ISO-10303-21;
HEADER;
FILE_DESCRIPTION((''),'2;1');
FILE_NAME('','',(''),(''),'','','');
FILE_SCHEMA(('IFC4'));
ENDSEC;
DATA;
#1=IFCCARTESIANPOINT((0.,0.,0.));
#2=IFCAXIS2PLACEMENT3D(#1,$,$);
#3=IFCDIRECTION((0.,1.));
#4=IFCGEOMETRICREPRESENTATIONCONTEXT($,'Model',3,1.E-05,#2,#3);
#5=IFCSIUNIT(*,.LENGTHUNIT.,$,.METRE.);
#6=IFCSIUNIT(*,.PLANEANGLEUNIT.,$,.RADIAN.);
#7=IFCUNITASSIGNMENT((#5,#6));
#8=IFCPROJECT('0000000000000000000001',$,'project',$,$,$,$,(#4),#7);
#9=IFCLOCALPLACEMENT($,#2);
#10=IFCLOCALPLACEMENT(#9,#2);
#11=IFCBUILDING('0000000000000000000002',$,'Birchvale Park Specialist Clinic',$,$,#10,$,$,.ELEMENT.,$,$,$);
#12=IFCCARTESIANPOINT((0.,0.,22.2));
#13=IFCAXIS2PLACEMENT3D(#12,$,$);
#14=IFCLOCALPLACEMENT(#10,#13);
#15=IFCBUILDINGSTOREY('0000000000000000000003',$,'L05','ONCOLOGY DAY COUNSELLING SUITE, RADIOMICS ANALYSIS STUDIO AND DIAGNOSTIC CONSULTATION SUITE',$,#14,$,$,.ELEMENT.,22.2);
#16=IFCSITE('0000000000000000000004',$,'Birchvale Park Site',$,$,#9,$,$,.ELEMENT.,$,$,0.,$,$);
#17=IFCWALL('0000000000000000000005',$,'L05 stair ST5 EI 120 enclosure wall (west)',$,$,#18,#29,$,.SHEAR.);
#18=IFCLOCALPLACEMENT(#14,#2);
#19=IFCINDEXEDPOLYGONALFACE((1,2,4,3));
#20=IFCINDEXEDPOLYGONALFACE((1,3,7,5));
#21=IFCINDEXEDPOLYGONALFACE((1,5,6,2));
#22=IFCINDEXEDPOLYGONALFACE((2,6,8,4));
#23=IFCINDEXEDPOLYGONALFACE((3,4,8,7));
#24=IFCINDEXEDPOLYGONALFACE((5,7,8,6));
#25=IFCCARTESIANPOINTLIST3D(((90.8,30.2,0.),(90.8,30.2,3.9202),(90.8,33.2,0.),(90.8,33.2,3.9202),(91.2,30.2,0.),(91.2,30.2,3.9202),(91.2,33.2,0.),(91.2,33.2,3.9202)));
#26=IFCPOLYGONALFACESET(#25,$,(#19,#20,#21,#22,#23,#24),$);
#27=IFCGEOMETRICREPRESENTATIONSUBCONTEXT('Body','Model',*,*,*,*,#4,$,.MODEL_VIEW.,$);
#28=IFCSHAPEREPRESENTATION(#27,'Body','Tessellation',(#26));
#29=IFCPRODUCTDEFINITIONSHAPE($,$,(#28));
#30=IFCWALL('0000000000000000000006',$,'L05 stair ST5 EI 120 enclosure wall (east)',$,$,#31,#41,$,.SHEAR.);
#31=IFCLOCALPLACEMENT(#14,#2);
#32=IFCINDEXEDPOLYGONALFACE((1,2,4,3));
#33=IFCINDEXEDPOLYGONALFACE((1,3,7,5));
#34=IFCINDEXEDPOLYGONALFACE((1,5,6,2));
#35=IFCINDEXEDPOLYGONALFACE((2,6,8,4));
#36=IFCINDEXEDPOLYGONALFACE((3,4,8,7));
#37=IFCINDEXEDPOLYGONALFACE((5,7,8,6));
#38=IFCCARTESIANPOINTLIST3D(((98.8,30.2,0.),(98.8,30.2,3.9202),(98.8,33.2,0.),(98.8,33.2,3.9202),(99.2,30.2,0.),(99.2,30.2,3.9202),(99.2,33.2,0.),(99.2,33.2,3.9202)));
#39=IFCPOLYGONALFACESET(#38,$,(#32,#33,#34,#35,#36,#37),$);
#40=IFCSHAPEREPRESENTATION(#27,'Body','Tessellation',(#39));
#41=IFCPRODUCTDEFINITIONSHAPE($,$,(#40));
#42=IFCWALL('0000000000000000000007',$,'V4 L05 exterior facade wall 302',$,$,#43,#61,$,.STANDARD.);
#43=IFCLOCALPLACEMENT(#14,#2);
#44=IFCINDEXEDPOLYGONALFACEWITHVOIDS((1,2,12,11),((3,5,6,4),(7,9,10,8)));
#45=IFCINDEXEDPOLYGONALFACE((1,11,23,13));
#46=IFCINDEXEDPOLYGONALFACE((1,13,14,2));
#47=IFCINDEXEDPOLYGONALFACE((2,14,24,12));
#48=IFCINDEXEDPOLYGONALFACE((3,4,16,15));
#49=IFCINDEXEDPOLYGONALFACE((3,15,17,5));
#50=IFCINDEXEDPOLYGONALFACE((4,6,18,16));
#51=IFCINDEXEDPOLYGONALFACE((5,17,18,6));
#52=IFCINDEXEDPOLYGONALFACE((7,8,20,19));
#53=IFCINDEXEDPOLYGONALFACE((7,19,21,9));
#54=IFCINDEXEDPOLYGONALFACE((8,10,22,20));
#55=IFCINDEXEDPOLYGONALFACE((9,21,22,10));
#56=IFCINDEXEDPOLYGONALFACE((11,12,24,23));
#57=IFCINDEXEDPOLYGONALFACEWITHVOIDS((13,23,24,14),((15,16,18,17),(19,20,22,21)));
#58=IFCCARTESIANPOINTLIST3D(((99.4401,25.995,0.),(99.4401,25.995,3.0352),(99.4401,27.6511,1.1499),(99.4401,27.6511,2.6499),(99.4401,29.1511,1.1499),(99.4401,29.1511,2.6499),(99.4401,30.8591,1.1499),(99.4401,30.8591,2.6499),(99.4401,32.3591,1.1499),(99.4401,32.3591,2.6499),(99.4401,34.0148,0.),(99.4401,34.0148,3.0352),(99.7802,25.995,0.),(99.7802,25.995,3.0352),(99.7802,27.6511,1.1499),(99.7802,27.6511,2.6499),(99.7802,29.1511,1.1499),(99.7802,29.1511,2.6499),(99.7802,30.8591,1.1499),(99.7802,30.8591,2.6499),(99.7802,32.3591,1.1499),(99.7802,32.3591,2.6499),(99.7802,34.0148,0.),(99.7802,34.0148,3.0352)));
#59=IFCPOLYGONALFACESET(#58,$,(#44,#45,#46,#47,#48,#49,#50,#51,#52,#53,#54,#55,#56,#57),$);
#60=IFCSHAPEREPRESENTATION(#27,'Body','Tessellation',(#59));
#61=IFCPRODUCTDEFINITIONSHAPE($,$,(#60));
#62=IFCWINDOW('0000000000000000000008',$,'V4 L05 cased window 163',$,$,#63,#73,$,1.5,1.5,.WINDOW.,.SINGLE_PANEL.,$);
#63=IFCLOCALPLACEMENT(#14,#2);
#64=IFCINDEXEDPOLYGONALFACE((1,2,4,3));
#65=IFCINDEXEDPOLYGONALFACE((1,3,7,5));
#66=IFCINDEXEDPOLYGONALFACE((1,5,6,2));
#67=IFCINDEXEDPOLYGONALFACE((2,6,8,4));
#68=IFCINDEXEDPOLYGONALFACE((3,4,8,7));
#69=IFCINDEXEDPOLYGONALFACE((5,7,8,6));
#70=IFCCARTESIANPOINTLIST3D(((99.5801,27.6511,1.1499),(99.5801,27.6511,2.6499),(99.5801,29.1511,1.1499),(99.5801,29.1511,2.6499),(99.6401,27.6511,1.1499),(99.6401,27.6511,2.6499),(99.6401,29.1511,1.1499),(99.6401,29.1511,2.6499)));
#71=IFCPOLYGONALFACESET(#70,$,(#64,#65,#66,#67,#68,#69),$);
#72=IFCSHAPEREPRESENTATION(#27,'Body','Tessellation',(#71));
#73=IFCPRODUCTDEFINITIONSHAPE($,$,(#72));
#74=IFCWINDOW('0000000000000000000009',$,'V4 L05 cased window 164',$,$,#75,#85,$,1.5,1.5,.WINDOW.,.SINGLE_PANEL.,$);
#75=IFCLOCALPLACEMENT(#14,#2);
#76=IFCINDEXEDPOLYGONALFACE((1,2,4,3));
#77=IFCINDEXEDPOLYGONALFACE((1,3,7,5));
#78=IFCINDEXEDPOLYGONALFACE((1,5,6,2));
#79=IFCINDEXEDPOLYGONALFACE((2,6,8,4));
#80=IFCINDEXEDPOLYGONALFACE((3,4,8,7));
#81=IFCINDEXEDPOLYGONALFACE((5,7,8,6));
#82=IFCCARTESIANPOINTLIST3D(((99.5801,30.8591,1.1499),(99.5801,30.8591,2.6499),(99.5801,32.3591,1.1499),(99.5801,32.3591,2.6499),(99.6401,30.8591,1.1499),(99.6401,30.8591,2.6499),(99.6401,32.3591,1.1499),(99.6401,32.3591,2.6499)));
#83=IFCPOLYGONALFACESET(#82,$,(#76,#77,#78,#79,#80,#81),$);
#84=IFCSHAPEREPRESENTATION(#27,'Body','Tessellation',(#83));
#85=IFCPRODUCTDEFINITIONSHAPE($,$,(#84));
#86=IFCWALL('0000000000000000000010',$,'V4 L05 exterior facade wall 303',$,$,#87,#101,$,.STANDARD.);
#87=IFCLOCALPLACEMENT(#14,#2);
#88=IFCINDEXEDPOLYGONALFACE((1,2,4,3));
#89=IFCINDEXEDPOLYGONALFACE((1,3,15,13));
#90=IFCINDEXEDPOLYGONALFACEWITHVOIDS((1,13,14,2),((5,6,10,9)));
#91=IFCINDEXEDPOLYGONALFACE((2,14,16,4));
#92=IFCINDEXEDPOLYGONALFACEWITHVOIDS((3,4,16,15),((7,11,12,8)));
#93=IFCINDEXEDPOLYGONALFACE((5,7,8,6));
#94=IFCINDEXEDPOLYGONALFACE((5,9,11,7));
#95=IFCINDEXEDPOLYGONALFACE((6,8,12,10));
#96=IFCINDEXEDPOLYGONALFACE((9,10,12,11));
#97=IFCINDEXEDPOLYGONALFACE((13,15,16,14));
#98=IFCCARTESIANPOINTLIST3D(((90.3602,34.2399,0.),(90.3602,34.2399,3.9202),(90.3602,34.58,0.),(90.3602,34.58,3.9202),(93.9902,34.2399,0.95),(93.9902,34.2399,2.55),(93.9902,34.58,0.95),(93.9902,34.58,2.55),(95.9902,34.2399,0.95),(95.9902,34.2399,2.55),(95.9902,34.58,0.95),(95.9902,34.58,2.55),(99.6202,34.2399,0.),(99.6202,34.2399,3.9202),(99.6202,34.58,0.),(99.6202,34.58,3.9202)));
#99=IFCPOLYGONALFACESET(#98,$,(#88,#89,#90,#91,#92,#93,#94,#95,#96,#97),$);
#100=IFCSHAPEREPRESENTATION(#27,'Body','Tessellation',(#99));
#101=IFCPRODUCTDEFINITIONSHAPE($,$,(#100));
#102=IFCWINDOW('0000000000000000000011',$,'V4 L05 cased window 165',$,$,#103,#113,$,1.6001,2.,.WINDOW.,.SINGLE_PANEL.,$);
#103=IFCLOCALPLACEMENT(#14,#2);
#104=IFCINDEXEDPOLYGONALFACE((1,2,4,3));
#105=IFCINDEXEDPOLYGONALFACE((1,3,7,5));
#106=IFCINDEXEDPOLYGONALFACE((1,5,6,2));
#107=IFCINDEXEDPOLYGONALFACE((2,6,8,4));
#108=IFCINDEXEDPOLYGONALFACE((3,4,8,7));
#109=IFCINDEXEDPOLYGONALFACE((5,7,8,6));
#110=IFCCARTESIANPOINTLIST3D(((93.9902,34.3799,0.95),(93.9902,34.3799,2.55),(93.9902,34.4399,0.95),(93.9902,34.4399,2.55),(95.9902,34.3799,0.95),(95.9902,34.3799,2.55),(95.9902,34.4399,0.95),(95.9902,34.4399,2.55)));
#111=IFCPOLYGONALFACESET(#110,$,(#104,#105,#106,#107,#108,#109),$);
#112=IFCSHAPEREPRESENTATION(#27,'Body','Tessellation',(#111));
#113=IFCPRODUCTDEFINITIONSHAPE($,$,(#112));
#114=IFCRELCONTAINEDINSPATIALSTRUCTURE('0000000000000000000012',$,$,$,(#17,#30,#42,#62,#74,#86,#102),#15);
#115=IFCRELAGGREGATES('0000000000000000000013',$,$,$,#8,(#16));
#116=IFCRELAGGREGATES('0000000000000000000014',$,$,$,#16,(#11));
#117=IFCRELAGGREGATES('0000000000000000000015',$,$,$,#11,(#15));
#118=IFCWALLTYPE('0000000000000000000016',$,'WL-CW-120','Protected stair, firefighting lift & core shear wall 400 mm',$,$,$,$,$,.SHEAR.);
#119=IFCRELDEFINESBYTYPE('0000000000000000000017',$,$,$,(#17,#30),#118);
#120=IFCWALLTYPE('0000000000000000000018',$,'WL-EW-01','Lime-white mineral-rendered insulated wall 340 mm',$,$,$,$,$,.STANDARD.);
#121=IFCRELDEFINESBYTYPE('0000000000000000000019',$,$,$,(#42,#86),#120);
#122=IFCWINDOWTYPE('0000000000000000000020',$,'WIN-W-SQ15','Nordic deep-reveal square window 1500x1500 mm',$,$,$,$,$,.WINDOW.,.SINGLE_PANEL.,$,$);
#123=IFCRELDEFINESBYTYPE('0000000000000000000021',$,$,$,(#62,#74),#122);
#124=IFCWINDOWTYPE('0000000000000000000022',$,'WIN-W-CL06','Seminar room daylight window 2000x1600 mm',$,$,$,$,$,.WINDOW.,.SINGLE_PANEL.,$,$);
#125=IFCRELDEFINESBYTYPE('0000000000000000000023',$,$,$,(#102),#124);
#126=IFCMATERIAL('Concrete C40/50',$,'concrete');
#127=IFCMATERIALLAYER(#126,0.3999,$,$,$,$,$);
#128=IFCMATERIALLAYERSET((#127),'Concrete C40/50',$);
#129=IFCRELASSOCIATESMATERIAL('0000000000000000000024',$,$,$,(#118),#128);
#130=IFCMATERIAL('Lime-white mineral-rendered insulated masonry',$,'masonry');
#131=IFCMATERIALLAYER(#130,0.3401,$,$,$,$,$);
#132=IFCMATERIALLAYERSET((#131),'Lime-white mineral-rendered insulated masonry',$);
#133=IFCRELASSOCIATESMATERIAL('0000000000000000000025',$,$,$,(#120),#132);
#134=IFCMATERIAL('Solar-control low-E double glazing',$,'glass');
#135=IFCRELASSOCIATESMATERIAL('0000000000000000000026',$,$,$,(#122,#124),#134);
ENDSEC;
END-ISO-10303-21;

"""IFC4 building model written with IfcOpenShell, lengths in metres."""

from ifc_helpers import new_model, si_unit, direction, frame, frame_2d, origin, place, context, subcontext, project, spatial, rectangle, extrude, material, layer, layer_set, type_object, element, fill, save


model = new_model("IFC4")

# Units and contexts
model_context = context("Model", 3, precision=1e-05, world=origin(), true_north=direction((0.0, 1.0)))
body_context = subcontext(model_context, "Body", "Model", "MODEL_VIEW")
ifc_project = project(units=[si_unit("LENGTHUNIT", "METRE"), si_unit("PLANEANGLEUNIT", "RADIAN")], contexts=[model_context])

# Site, building, storey
site_placement = place(None, origin())
site = spatial("IfcSite", under=ifc_project, at=site_placement, Name="Birchvale Park Site", CompositionType="ELEMENT", RefElevation=0.0)
building_placement = place(site_placement, origin())
building = spatial("IfcBuilding", under=site, at=building_placement, Name="Birchvale Park Specialist Clinic", CompositionType="ELEMENT")
storey_placement = place(building_placement, frame((0.0, 0.0, 22.2)))
storey = spatial("IfcBuildingStorey", under=building, at=storey_placement, Name="L05", Description="ONCOLOGY DAY COUNSELLING SUITE, RADIOMICS ANALYSIS STUDIO AND DIAGNOSTIC CONSULTATION SUITE", CompositionType="ELEMENT", Elevation=22.2)

# Shared definitions
ifc_material_1 = material(Name="Concrete C40/50", Category="concrete")

# Shared definitions
ifc_layer_1 = layer(ifc_material_1, 0.3999)
ifc_layer_set_1 = layer_set([ifc_layer_1], Name="Concrete C40/50")
wall_type_1 = type_object("IfcWallType", Name="WL-CW-120", Description="Protected stair, firefighting lift & core shear wall 400 mm", PredefinedType="SHEAR", material=ifc_layer_set_1)

# Walls
for number, where, z_axis, x_axis, name in (
    (1, (91.0, 30.2, 0.0), (0.0, 0.0, 1.0), (0.0, 1.0, 0.0), "L05 stair ST5 EI 120 enclosure wall (west)"),
    (2, (99.0, 33.2, 0.0), (0.0, 0.0, 1.0), (0.0, -1.0, 0.0), "L05 stair ST5 EI 120 enclosure wall (east)"),
):
    element("IfcWall", number, at=place(storey_placement, frame(where, z_axis=z_axis, x_axis=x_axis)), inside=storey, type_object=wall_type_1, Name=name, PredefinedType="SHEAR", context=body_context, shape_type="SweptSolid", body=[
        extrude(rectangle(XDim=3.0, YDim=0.3999, at=frame_2d((1.5, 0.0))), origin(), (0.0, 0.0, 1.0), 3.9202),
    ])

# Wall, openings, windows
ifc_material_2 = material(Name="Lime-white mineral-rendered insulated masonry", Category="masonry")
ifc_layer_2 = layer(ifc_material_2, 0.3401)
ifc_layer_set_2 = layer_set([ifc_layer_2], Name="Lime-white mineral-rendered insulated masonry")
wall_type_2 = type_object("IfcWallType", Name="WL-EW-01", Description="Lime-white mineral-rendered insulated wall 340 mm", PredefinedType="STANDARD", material=ifc_layer_set_2)
wall_1_placement = place(storey_placement, frame((99.6101, 25.9951, 0.0), z_axis=(0.0, 0.0, 1.0), x_axis=(0.0, 1.0, 0.0)))
wall_1 = element("IfcWall", 3, at=wall_1_placement, inside=storey, type_object=wall_type_2, Name="V4 L05 exterior facade wall 302", PredefinedType="STANDARD", context=body_context, shape_type="SweptSolid", body=[
    extrude(rectangle(XDim=8.0198, YDim=0.3401, at=frame_2d((4.0098, 0.0))), origin(), (0.0, 0.0, 1.0), 3.0352),
])
opening_1_placement = place(wall_1_placement, frame((1.656, 0.0, 1.1499)))
opening_1 = element("IfcOpeningElement", 4, at=opening_1_placement, cuts=wall_1, PredefinedType="OPENING", context=body_context, shape_type="SweptSolid", body=[
    extrude(rectangle(XDim=1.5, YDim=1.5, at=frame_2d((0.75, 0.75))), frame((0.0, 0.1802, 0.0), z_axis=(0.0, -1.0, 0.0), x_axis=(1.0, 0.0, 0.0)), (0.0, 0.0, 1.0), 0.3601),
])
opening_2_placement = place(wall_1_placement, frame((4.864, 0.0, 1.1499)))
opening_2 = element("IfcOpeningElement", 5, at=opening_2_placement, cuts=wall_1, PredefinedType="OPENING", context=body_context, shape_type="SweptSolid", body=[
    extrude(rectangle(XDim=1.5, YDim=1.5, at=frame_2d((0.75, 0.75))), frame((0.0, 0.1802, 0.0), z_axis=(0.0, -1.0, 0.0), x_axis=(1.0, 0.0, 0.0)), (0.0, 0.0, 1.0), 0.3601),
])
ifc_material_3 = material(Name="Solar-control low-E double glazing", Category="glass")
window_type_1 = type_object("IfcWindowType", Name="WIN-W-SQ15", Description="Nordic deep-reveal square window 1500x1500 mm", PartitioningType="SINGLE_PANEL", PredefinedType="WINDOW", material=ifc_material_3)
window_1_placement = place(opening_1_placement, origin())
window_1 = element("IfcWindow", 6, at=window_1_placement, inside=storey, type_object=window_type_1, Name="V4 L05 cased window 163", OverallHeight=1.5, OverallWidth=1.5, PartitioningType="SINGLE_PANEL", PredefinedType="WINDOW", context=body_context, shape_type="SweptSolid", body=[
    extrude(rectangle(XDim=1.5, YDim=1.5, at=frame_2d((0.75, 0.75))), frame((0.0, 0.03, 0.0), z_axis=(0.0, -1.0, 0.0), x_axis=(1.0, 0.0, 0.0)), (0.0, 0.0, 1.0), 0.0601),
])
fill(opening_1, window_1)
window_2_placement = place(opening_2_placement, origin())
window_2 = element("IfcWindow", 7, at=window_2_placement, inside=storey, type_object=window_type_1, Name="V4 L05 cased window 164", OverallHeight=1.5, OverallWidth=1.5, PartitioningType="SINGLE_PANEL", PredefinedType="WINDOW", context=body_context, shape_type="SweptSolid", body=[
    extrude(rectangle(XDim=1.5, YDim=1.5, at=frame_2d((0.75, 0.75))), frame((0.0, 0.03, 0.0), z_axis=(0.0, -1.0, 0.0), x_axis=(1.0, 0.0, 0.0)), (0.0, 0.0, 1.0), 0.0601),
])
fill(opening_2, window_2)

# Wall, opening, window
wall_2_placement = place(storey_placement, frame((99.6201, 34.4099, 0.0), z_axis=(0.0, 0.0, 1.0), x_axis=(-1.0, 0.0, 0.0)))
wall_2 = element("IfcWall", 8, at=wall_2_placement, inside=storey, type_object=wall_type_2, Name="V4 L05 exterior facade wall 303", PredefinedType="STANDARD", context=body_context, shape_type="SweptSolid", body=[
    extrude(rectangle(XDim=9.26, YDim=0.3401, at=frame_2d((4.6299, 0.0))), origin(), (0.0, 0.0, 1.0), 3.9202),
])
opening_3_placement = place(wall_2_placement, frame((3.6299, 0.0, 0.95)))
opening_3 = element("IfcOpeningElement", 9, at=opening_3_placement, cuts=wall_2, PredefinedType="OPENING", context=body_context, shape_type="SweptSolid", body=[
    extrude(rectangle(XDim=2.0, YDim=1.6001, at=frame_2d((1.0, 0.8))), frame((0.0, 0.1802, 0.0), z_axis=(0.0, -1.0, 0.0), x_axis=(1.0, 0.0, 0.0)), (0.0, 0.0, 1.0), 0.3601),
])
window_type_2 = type_object("IfcWindowType", Name="WIN-W-CL06", Description="Seminar room daylight window 2000x1600 mm", PartitioningType="SINGLE_PANEL", PredefinedType="WINDOW", material=ifc_material_3)
window_3_placement = place(opening_3_placement, origin())
window_3 = element("IfcWindow", 10, at=window_3_placement, inside=storey, type_object=window_type_2, Name="V4 L05 cased window 165", OverallHeight=1.6001, OverallWidth=2.0, PartitioningType="SINGLE_PANEL", PredefinedType="WINDOW", context=body_context, shape_type="SweptSolid", body=[
    extrude(rectangle(XDim=2.0, YDim=1.6001, at=frame_2d((1.0, 0.8))), frame((0.0, 0.03, 0.0), z_axis=(0.0, -1.0, 0.0), x_axis=(1.0, 0.0, 0.0)), (0.0, 0.0, 1.0), 0.0601),
])
fill(opening_3, window_3)

save(model, "model.ifc")
